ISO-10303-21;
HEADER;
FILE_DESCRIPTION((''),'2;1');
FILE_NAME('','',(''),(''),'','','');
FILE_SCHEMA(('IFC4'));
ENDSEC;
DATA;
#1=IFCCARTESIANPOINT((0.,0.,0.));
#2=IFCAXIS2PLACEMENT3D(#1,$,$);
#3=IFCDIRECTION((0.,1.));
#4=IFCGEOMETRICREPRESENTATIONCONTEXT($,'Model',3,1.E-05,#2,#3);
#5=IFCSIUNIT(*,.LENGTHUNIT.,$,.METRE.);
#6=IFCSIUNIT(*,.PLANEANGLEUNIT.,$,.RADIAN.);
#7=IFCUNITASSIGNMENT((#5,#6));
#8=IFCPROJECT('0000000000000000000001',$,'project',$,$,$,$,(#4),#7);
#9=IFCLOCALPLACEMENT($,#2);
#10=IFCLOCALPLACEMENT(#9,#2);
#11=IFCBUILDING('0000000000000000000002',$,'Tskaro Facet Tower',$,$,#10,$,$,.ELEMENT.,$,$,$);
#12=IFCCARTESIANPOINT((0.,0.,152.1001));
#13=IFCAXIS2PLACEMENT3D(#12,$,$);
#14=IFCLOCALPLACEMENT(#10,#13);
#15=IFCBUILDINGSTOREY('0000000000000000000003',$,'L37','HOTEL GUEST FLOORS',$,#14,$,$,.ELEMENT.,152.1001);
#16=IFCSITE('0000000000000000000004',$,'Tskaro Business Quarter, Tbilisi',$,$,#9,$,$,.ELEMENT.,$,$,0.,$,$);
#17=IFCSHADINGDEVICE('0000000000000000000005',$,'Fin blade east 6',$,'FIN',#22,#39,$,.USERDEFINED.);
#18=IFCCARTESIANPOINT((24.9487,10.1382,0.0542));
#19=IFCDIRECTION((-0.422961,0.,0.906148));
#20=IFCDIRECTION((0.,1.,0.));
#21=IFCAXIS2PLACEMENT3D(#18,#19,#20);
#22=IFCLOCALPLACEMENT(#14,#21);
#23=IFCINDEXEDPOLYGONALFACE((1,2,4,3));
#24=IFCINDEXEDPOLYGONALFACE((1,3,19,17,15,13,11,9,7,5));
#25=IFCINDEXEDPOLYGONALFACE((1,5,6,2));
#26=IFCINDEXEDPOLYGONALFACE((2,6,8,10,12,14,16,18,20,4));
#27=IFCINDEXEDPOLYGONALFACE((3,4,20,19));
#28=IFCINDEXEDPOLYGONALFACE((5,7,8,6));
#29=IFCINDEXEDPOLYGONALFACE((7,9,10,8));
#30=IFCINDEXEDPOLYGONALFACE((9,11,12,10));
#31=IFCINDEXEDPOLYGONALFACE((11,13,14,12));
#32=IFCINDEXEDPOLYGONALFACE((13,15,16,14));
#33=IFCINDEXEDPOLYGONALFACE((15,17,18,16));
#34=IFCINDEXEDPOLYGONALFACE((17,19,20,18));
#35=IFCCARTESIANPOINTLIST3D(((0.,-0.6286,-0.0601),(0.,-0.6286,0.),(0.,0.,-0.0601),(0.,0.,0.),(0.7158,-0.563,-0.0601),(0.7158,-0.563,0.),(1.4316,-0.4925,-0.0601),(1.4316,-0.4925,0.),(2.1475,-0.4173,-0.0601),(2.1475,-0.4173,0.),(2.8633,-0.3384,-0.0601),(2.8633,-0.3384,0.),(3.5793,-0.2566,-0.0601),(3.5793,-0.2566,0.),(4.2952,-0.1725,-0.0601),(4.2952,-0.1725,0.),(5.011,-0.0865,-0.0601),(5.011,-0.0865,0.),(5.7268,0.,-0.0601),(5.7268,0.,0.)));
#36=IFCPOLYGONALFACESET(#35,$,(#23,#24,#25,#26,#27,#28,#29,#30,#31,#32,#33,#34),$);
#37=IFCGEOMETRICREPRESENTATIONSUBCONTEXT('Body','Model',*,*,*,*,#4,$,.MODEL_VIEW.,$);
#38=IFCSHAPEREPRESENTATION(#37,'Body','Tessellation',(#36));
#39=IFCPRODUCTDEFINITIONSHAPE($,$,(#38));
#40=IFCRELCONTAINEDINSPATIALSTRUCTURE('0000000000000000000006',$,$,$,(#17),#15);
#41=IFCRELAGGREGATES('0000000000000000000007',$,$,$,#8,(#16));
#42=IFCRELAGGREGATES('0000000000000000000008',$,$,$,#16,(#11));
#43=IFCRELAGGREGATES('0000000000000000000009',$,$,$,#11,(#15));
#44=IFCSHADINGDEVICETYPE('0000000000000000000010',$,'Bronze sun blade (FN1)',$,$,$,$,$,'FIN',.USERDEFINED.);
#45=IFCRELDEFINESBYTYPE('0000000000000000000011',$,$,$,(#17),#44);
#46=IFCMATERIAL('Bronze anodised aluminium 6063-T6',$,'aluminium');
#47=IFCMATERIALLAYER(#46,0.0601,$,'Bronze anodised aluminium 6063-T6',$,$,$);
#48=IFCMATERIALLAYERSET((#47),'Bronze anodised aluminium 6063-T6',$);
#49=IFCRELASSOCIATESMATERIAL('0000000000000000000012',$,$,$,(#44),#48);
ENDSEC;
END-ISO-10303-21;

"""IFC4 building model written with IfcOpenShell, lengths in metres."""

from ifc_helpers import new_model, si_unit, direction, frame, origin, place, context, subcontext, project, spatial, polyline, outline, extrude, material, layer, layer_set, type_object, element, save


model = new_model("IFC4")

# Units and contexts
model_context = context("Model", 3, precision=1e-05, world=origin(), true_north=direction((0.0, 1.0)))
body_context = subcontext(model_context, "Body", "Model", "MODEL_VIEW")
ifc_project = project(units=[si_unit("LENGTHUNIT", "METRE"), si_unit("PLANEANGLEUNIT", "RADIAN")], contexts=[model_context])

# Site, building, storey
site_placement = place(None, origin())
site = spatial("IfcSite", under=ifc_project, at=site_placement, Name="Tskaro Business Quarter, Tbilisi", CompositionType="ELEMENT", RefElevation=0.0)
building_placement = place(site_placement, origin())
building = spatial("IfcBuilding", under=site, at=building_placement, Name="Tskaro Facet Tower", CompositionType="ELEMENT")
storey_placement = place(building_placement, frame((0.0, 0.0, 152.1001)))
storey = spatial("IfcBuildingStorey", under=building, at=storey_placement, Name="L37", Description="HOTEL GUEST FLOORS", CompositionType="ELEMENT", Elevation=152.1001)

# Shared definitions
ifc_material_1 = material(Name="Bronze anodised aluminium 6063-T6", Category="aluminium")

# Shading device
ifc_layer_1 = layer(ifc_material_1, 0.0601, Name="Bronze anodised aluminium 6063-T6")
ifc_layer_set_1 = layer_set([ifc_layer_1], Name="Bronze anodised aluminium 6063-T6")
shading_device_type = type_object("IfcShadingDeviceType", Name="Bronze sun blade (FN1)", ElementType="FIN", PredefinedType="USERDEFINED", material=ifc_layer_set_1)
shading_device_1_placement = place(storey_placement, frame((24.9487, 10.1382, 0.0542), z_axis=(-0.422961, 0.0, 0.906148), x_axis=(0.0, 1.0, 0.0)))
element("IfcShadingDevice", 1, at=shading_device_1_placement, inside=storey, type_object=shading_device_type, Name="Fin blade east 6", ObjectType="FIN", PredefinedType="USERDEFINED", context=body_context, shape_type="SweptSolid", body=[
    extrude(outline(polyline([(0.0, 0.0), (5.7268, 0.0), (5.011, -0.0865), (4.2952, -0.1725), (3.5793, -0.2566), (2.8633, -0.3384), (2.1475, -0.4173), (1.4316, -0.4925), (0.7158, -0.563), (0.0, -0.6286), (0.0, 0.0)])), origin(), (0.0, 0.0, -1.0), 0.0601),
])

save(model, "model.ifc")
